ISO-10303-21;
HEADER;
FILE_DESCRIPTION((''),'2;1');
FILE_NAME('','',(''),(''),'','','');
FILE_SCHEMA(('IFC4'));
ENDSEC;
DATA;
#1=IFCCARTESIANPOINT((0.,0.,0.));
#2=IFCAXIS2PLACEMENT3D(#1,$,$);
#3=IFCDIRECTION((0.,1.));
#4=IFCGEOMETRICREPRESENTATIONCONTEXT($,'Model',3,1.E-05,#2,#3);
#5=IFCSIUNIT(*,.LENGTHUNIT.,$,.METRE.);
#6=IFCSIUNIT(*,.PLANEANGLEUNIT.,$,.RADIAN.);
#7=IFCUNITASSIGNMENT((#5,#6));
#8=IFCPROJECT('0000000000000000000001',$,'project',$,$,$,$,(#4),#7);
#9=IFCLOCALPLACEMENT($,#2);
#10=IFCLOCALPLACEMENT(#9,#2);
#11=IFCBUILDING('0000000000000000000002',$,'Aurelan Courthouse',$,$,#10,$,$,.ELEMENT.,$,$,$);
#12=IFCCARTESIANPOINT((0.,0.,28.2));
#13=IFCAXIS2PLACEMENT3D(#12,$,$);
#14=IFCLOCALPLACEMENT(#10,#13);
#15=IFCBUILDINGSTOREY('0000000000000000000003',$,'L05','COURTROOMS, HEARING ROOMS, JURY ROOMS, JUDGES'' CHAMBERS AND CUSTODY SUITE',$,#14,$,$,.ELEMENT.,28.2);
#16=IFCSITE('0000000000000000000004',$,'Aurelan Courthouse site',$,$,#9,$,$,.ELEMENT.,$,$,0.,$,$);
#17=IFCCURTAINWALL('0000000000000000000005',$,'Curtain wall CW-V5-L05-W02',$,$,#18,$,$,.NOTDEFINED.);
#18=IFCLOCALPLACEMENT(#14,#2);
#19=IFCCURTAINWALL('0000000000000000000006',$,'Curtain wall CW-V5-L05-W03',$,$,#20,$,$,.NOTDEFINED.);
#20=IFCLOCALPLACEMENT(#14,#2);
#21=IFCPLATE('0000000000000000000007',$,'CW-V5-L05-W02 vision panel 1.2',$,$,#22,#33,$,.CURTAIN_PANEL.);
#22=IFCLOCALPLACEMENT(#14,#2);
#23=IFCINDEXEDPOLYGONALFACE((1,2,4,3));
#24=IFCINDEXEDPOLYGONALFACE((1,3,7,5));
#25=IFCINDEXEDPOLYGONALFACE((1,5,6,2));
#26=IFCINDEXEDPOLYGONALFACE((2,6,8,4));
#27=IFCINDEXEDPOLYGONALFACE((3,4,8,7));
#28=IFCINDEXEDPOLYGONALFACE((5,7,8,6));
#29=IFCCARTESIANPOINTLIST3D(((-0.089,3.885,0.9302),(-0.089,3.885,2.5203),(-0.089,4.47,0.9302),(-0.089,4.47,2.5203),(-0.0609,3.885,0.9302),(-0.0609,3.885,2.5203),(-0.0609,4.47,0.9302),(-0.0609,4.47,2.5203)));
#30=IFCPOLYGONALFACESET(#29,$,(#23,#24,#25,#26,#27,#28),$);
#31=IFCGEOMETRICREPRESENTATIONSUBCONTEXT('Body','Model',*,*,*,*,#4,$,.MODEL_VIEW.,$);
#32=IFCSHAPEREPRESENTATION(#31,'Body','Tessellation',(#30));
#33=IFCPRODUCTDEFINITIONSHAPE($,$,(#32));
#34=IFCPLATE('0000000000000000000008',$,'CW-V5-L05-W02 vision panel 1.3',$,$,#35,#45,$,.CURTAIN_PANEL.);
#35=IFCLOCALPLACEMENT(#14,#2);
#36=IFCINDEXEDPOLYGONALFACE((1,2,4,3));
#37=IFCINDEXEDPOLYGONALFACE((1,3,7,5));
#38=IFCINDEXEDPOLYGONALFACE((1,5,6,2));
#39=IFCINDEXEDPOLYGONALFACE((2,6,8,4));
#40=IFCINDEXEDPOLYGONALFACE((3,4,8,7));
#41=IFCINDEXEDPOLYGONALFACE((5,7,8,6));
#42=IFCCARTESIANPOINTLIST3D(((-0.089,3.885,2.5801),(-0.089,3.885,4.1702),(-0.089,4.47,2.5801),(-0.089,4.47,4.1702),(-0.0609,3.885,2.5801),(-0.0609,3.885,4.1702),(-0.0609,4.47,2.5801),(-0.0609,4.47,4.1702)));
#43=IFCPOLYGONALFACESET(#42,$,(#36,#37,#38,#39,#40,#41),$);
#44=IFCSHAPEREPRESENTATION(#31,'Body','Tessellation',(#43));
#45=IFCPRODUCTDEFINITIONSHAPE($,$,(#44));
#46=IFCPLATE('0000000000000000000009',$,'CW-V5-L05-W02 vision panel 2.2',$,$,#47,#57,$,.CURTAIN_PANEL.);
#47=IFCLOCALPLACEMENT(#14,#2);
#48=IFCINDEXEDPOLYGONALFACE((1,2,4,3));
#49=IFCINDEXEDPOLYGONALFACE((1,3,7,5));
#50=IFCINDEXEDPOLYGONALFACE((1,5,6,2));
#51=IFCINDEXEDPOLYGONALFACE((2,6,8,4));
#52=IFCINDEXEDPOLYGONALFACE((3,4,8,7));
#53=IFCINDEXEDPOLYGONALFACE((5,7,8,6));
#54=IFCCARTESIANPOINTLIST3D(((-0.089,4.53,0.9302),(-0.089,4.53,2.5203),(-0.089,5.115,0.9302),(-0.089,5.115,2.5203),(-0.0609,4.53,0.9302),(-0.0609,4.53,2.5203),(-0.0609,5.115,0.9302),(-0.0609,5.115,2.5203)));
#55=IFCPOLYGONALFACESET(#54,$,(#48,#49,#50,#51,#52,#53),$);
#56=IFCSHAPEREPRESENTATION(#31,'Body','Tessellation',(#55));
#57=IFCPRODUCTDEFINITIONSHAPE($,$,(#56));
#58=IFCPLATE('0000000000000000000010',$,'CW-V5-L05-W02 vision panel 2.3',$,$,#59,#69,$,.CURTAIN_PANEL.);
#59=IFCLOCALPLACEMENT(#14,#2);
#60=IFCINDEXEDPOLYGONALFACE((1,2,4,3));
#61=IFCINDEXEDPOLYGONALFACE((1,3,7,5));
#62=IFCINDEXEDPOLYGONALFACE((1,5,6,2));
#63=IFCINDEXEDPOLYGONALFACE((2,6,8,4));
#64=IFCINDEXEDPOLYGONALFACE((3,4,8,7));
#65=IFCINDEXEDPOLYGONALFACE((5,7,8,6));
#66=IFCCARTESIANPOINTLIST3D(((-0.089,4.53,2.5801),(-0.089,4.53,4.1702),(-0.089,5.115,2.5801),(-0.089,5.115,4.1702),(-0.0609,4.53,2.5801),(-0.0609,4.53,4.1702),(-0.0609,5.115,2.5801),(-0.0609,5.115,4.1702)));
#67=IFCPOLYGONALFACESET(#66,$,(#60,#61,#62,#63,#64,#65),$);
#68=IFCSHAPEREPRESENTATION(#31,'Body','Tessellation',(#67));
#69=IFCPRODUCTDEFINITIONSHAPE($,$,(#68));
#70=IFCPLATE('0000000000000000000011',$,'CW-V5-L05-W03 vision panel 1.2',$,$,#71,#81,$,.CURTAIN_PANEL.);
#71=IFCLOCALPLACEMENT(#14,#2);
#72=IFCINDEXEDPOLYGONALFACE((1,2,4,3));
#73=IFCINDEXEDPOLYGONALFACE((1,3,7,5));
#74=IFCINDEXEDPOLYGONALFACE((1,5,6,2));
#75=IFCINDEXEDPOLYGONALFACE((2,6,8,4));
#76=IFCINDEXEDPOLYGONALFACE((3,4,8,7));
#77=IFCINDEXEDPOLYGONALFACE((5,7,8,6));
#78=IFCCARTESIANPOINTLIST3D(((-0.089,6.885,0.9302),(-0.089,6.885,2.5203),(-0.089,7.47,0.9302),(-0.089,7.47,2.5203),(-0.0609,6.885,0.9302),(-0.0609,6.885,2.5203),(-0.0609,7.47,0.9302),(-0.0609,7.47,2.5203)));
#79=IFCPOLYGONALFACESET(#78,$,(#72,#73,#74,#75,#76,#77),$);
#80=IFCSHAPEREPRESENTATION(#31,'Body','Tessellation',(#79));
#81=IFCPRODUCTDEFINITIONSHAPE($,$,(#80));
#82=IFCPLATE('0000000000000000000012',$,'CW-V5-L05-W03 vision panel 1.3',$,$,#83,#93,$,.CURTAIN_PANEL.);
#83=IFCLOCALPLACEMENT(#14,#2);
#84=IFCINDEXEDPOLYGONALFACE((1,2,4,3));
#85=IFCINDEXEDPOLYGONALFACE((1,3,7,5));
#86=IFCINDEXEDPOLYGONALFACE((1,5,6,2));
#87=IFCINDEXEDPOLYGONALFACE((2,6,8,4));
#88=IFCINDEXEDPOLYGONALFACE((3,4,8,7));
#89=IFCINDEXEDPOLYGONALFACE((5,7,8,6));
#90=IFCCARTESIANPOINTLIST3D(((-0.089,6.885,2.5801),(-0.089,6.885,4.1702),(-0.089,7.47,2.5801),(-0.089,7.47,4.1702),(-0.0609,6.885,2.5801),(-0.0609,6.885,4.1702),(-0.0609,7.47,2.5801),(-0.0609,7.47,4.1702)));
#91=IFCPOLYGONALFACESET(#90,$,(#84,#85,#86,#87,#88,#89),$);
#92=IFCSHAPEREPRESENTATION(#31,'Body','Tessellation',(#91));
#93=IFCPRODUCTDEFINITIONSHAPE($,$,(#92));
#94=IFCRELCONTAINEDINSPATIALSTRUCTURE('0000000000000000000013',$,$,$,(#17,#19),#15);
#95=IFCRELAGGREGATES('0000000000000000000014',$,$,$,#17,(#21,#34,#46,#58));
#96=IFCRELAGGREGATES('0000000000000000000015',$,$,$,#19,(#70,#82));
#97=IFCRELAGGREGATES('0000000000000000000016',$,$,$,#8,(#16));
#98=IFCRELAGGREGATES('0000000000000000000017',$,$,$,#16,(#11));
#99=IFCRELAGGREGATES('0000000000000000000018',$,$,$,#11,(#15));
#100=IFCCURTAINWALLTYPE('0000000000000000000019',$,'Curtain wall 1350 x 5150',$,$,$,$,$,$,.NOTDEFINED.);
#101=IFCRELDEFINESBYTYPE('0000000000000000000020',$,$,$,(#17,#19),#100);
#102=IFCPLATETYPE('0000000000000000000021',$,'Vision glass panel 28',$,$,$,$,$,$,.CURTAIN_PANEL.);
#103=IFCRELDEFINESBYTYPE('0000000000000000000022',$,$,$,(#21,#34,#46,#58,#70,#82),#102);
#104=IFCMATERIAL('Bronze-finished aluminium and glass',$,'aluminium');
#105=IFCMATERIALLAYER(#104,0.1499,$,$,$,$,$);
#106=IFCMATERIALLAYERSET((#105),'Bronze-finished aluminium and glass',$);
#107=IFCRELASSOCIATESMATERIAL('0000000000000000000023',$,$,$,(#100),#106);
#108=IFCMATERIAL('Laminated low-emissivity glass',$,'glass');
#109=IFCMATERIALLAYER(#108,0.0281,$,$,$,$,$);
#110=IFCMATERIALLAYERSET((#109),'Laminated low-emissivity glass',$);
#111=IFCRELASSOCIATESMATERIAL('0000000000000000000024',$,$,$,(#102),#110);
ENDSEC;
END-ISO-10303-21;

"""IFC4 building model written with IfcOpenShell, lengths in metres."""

from ifc_helpers import new_model, si_unit, direction, frame, origin, origin_2d, place, context, subcontext, project, spatial, rectangle, extrude, material, layer, layer_set, type_object, element, aggregate, save


model = new_model("IFC4")

# Units and contexts
model_context = context("Model", 3, precision=1e-05, world=origin(), true_north=direction((0.0, 1.0)))
body_context = subcontext(model_context, "Body", "Model", "MODEL_VIEW")
ifc_project = project(units=[si_unit("LENGTHUNIT", "METRE"), si_unit("PLANEANGLEUNIT", "RADIAN")], contexts=[model_context])

# Site, building, storey
site_placement = place(None, origin())
site = spatial("IfcSite", under=ifc_project, at=site_placement, Name="Aurelan Courthouse site", CompositionType="ELEMENT", RefElevation=0.0)
building_placement = place(site_placement, origin())
building = spatial("IfcBuilding", under=site, at=building_placement, Name="Aurelan Courthouse", CompositionType="ELEMENT")
storey_placement = place(building_placement, frame((0.0, 0.0, 28.2)))
storey = spatial("IfcBuildingStorey", under=building, at=storey_placement, Name="L05", Description="COURTROOMS, HEARING ROOMS, JURY ROOMS, JUDGES' CHAMBERS AND CUSTODY SUITE", CompositionType="ELEMENT", Elevation=28.2)

# Curtain walls
ifc_material_1 = material(Name="Bronze-finished aluminium and glass", Category="aluminium")
ifc_layer_1 = layer(ifc_material_1, 0.1499)
ifc_layer_set_1 = layer_set([ifc_layer_1], Name="Bronze-finished aluminium and glass")
curtain_wall_type = type_object("IfcCurtainWallType", Name="Curtain wall 1350 x 5150", PredefinedType="NOTDEFINED", material=ifc_layer_set_1)
curtain_wall_1_placement = place(storey_placement, origin())
curtain_wall_1 = element("IfcCurtainWall", 1, at=curtain_wall_1_placement, inside=storey, type_object=curtain_wall_type, Name="Curtain wall CW-V5-L05-W02", PredefinedType="NOTDEFINED")
curtain_wall_2_placement = place(storey_placement, origin())
curtain_wall_2 = element("IfcCurtainWall", 2, at=curtain_wall_2_placement, inside=storey, type_object=curtain_wall_type, Name="Curtain wall CW-V5-L05-W03", PredefinedType="NOTDEFINED")

# Plates
ifc_material_2 = material(Name="Laminated low-emissivity glass", Category="glass")
ifc_layer_2 = layer(ifc_material_2, 0.0281)
ifc_layer_set_2 = layer_set([ifc_layer_2], Name="Laminated low-emissivity glass")
plate_type_1 = type_object("IfcPlateType", Name="Vision glass panel 28", PredefinedType="CURTAIN_PANEL", material=ifc_layer_set_2)
plate_1_placement = place(storey_placement, frame((-0.075, 4.1775, 0.9302), z_axis=(0.0, 0.0, 1.0), x_axis=(0.0, 1.0, 0.0)))
plate_1 = element("IfcPlate", 3, at=plate_1_placement, type_object=plate_type_1, Name="CW-V5-L05-W02 vision panel 1.2", PredefinedType="CURTAIN_PANEL", context=body_context, shape_type="SweptSolid", body=[
    extrude(rectangle(XDim=0.585, YDim=0.0281, at=origin_2d()), origin(), (0.0, 0.0, 1.0), 1.5901),
])
plate_2_placement = place(storey_placement, frame((-0.075, 4.1775, 2.5801), z_axis=(0.0, 0.0, 1.0), x_axis=(0.0, 1.0, 0.0)))
plate_2 = element("IfcPlate", 4, at=plate_2_placement, type_object=plate_type_1, Name="CW-V5-L05-W02 vision panel 1.3", PredefinedType="CURTAIN_PANEL", context=body_context, shape_type="SweptSolid", body=[
    extrude(rectangle(XDim=0.585, YDim=0.0281, at=origin_2d()), origin(), (0.0, 0.0, 1.0), 1.5901),
])
plate_3_placement = place(storey_placement, frame((-0.075, 4.8225, 0.9302), z_axis=(0.0, 0.0, 1.0), x_axis=(0.0, 1.0, 0.0)))
plate_3 = element("IfcPlate", 5, at=plate_3_placement, type_object=plate_type_1, Name="CW-V5-L05-W02 vision panel 2.2", PredefinedType="CURTAIN_PANEL", context=body_context, shape_type="SweptSolid", body=[
    extrude(rectangle(XDim=0.585, YDim=0.0281, at=origin_2d()), origin(), (0.0, 0.0, 1.0), 1.5901),
])
plate_4_placement = place(storey_placement, frame((-0.075, 4.8225, 2.5801), z_axis=(0.0, 0.0, 1.0), x_axis=(0.0, 1.0, 0.0)))
plate_4 = element("IfcPlate", 6, at=plate_4_placement, type_object=plate_type_1, Name="CW-V5-L05-W02 vision panel 2.3", PredefinedType="CURTAIN_PANEL", context=body_context, shape_type="SweptSolid", body=[
    extrude(rectangle(XDim=0.585, YDim=0.0281, at=origin_2d()), origin(), (0.0, 0.0, 1.0), 1.5901),
])
aggregate(curtain_wall_1, [plate_1, plate_2, plate_3, plate_4])
plate_5_placement = place(storey_placement, frame((-0.075, 7.1775, 0.9302), z_axis=(0.0, 0.0, 1.0), x_axis=(0.0, 1.0, 0.0)))
plate_5 = element("IfcPlate", 7, at=plate_5_placement, type_object=plate_type_1, Name="CW-V5-L05-W03 vision panel 1.2", PredefinedType="CURTAIN_PANEL", context=body_context, shape_type="SweptSolid", body=[
    extrude(rectangle(XDim=0.585, YDim=0.0281, at=origin_2d()), origin(), (0.0, 0.0, 1.0), 1.5901),
])
plate_6_placement = place(storey_placement, frame((-0.075, 7.1775, 2.5801), z_axis=(0.0, 0.0, 1.0), x_axis=(0.0, 1.0, 0.0)))
plate_6 = element("IfcPlate", 8, at=plate_6_placement, type_object=plate_type_1, Name="CW-V5-L05-W03 vision panel 1.3", PredefinedType="CURTAIN_PANEL", context=body_context, shape_type="SweptSolid", body=[
    extrude(rectangle(XDim=0.585, YDim=0.0281, at=origin_2d()), origin(), (0.0, 0.0, 1.0), 1.5901),
])
aggregate(curtain_wall_2, [plate_5, plate_6])

save(model, "model.ifc")
